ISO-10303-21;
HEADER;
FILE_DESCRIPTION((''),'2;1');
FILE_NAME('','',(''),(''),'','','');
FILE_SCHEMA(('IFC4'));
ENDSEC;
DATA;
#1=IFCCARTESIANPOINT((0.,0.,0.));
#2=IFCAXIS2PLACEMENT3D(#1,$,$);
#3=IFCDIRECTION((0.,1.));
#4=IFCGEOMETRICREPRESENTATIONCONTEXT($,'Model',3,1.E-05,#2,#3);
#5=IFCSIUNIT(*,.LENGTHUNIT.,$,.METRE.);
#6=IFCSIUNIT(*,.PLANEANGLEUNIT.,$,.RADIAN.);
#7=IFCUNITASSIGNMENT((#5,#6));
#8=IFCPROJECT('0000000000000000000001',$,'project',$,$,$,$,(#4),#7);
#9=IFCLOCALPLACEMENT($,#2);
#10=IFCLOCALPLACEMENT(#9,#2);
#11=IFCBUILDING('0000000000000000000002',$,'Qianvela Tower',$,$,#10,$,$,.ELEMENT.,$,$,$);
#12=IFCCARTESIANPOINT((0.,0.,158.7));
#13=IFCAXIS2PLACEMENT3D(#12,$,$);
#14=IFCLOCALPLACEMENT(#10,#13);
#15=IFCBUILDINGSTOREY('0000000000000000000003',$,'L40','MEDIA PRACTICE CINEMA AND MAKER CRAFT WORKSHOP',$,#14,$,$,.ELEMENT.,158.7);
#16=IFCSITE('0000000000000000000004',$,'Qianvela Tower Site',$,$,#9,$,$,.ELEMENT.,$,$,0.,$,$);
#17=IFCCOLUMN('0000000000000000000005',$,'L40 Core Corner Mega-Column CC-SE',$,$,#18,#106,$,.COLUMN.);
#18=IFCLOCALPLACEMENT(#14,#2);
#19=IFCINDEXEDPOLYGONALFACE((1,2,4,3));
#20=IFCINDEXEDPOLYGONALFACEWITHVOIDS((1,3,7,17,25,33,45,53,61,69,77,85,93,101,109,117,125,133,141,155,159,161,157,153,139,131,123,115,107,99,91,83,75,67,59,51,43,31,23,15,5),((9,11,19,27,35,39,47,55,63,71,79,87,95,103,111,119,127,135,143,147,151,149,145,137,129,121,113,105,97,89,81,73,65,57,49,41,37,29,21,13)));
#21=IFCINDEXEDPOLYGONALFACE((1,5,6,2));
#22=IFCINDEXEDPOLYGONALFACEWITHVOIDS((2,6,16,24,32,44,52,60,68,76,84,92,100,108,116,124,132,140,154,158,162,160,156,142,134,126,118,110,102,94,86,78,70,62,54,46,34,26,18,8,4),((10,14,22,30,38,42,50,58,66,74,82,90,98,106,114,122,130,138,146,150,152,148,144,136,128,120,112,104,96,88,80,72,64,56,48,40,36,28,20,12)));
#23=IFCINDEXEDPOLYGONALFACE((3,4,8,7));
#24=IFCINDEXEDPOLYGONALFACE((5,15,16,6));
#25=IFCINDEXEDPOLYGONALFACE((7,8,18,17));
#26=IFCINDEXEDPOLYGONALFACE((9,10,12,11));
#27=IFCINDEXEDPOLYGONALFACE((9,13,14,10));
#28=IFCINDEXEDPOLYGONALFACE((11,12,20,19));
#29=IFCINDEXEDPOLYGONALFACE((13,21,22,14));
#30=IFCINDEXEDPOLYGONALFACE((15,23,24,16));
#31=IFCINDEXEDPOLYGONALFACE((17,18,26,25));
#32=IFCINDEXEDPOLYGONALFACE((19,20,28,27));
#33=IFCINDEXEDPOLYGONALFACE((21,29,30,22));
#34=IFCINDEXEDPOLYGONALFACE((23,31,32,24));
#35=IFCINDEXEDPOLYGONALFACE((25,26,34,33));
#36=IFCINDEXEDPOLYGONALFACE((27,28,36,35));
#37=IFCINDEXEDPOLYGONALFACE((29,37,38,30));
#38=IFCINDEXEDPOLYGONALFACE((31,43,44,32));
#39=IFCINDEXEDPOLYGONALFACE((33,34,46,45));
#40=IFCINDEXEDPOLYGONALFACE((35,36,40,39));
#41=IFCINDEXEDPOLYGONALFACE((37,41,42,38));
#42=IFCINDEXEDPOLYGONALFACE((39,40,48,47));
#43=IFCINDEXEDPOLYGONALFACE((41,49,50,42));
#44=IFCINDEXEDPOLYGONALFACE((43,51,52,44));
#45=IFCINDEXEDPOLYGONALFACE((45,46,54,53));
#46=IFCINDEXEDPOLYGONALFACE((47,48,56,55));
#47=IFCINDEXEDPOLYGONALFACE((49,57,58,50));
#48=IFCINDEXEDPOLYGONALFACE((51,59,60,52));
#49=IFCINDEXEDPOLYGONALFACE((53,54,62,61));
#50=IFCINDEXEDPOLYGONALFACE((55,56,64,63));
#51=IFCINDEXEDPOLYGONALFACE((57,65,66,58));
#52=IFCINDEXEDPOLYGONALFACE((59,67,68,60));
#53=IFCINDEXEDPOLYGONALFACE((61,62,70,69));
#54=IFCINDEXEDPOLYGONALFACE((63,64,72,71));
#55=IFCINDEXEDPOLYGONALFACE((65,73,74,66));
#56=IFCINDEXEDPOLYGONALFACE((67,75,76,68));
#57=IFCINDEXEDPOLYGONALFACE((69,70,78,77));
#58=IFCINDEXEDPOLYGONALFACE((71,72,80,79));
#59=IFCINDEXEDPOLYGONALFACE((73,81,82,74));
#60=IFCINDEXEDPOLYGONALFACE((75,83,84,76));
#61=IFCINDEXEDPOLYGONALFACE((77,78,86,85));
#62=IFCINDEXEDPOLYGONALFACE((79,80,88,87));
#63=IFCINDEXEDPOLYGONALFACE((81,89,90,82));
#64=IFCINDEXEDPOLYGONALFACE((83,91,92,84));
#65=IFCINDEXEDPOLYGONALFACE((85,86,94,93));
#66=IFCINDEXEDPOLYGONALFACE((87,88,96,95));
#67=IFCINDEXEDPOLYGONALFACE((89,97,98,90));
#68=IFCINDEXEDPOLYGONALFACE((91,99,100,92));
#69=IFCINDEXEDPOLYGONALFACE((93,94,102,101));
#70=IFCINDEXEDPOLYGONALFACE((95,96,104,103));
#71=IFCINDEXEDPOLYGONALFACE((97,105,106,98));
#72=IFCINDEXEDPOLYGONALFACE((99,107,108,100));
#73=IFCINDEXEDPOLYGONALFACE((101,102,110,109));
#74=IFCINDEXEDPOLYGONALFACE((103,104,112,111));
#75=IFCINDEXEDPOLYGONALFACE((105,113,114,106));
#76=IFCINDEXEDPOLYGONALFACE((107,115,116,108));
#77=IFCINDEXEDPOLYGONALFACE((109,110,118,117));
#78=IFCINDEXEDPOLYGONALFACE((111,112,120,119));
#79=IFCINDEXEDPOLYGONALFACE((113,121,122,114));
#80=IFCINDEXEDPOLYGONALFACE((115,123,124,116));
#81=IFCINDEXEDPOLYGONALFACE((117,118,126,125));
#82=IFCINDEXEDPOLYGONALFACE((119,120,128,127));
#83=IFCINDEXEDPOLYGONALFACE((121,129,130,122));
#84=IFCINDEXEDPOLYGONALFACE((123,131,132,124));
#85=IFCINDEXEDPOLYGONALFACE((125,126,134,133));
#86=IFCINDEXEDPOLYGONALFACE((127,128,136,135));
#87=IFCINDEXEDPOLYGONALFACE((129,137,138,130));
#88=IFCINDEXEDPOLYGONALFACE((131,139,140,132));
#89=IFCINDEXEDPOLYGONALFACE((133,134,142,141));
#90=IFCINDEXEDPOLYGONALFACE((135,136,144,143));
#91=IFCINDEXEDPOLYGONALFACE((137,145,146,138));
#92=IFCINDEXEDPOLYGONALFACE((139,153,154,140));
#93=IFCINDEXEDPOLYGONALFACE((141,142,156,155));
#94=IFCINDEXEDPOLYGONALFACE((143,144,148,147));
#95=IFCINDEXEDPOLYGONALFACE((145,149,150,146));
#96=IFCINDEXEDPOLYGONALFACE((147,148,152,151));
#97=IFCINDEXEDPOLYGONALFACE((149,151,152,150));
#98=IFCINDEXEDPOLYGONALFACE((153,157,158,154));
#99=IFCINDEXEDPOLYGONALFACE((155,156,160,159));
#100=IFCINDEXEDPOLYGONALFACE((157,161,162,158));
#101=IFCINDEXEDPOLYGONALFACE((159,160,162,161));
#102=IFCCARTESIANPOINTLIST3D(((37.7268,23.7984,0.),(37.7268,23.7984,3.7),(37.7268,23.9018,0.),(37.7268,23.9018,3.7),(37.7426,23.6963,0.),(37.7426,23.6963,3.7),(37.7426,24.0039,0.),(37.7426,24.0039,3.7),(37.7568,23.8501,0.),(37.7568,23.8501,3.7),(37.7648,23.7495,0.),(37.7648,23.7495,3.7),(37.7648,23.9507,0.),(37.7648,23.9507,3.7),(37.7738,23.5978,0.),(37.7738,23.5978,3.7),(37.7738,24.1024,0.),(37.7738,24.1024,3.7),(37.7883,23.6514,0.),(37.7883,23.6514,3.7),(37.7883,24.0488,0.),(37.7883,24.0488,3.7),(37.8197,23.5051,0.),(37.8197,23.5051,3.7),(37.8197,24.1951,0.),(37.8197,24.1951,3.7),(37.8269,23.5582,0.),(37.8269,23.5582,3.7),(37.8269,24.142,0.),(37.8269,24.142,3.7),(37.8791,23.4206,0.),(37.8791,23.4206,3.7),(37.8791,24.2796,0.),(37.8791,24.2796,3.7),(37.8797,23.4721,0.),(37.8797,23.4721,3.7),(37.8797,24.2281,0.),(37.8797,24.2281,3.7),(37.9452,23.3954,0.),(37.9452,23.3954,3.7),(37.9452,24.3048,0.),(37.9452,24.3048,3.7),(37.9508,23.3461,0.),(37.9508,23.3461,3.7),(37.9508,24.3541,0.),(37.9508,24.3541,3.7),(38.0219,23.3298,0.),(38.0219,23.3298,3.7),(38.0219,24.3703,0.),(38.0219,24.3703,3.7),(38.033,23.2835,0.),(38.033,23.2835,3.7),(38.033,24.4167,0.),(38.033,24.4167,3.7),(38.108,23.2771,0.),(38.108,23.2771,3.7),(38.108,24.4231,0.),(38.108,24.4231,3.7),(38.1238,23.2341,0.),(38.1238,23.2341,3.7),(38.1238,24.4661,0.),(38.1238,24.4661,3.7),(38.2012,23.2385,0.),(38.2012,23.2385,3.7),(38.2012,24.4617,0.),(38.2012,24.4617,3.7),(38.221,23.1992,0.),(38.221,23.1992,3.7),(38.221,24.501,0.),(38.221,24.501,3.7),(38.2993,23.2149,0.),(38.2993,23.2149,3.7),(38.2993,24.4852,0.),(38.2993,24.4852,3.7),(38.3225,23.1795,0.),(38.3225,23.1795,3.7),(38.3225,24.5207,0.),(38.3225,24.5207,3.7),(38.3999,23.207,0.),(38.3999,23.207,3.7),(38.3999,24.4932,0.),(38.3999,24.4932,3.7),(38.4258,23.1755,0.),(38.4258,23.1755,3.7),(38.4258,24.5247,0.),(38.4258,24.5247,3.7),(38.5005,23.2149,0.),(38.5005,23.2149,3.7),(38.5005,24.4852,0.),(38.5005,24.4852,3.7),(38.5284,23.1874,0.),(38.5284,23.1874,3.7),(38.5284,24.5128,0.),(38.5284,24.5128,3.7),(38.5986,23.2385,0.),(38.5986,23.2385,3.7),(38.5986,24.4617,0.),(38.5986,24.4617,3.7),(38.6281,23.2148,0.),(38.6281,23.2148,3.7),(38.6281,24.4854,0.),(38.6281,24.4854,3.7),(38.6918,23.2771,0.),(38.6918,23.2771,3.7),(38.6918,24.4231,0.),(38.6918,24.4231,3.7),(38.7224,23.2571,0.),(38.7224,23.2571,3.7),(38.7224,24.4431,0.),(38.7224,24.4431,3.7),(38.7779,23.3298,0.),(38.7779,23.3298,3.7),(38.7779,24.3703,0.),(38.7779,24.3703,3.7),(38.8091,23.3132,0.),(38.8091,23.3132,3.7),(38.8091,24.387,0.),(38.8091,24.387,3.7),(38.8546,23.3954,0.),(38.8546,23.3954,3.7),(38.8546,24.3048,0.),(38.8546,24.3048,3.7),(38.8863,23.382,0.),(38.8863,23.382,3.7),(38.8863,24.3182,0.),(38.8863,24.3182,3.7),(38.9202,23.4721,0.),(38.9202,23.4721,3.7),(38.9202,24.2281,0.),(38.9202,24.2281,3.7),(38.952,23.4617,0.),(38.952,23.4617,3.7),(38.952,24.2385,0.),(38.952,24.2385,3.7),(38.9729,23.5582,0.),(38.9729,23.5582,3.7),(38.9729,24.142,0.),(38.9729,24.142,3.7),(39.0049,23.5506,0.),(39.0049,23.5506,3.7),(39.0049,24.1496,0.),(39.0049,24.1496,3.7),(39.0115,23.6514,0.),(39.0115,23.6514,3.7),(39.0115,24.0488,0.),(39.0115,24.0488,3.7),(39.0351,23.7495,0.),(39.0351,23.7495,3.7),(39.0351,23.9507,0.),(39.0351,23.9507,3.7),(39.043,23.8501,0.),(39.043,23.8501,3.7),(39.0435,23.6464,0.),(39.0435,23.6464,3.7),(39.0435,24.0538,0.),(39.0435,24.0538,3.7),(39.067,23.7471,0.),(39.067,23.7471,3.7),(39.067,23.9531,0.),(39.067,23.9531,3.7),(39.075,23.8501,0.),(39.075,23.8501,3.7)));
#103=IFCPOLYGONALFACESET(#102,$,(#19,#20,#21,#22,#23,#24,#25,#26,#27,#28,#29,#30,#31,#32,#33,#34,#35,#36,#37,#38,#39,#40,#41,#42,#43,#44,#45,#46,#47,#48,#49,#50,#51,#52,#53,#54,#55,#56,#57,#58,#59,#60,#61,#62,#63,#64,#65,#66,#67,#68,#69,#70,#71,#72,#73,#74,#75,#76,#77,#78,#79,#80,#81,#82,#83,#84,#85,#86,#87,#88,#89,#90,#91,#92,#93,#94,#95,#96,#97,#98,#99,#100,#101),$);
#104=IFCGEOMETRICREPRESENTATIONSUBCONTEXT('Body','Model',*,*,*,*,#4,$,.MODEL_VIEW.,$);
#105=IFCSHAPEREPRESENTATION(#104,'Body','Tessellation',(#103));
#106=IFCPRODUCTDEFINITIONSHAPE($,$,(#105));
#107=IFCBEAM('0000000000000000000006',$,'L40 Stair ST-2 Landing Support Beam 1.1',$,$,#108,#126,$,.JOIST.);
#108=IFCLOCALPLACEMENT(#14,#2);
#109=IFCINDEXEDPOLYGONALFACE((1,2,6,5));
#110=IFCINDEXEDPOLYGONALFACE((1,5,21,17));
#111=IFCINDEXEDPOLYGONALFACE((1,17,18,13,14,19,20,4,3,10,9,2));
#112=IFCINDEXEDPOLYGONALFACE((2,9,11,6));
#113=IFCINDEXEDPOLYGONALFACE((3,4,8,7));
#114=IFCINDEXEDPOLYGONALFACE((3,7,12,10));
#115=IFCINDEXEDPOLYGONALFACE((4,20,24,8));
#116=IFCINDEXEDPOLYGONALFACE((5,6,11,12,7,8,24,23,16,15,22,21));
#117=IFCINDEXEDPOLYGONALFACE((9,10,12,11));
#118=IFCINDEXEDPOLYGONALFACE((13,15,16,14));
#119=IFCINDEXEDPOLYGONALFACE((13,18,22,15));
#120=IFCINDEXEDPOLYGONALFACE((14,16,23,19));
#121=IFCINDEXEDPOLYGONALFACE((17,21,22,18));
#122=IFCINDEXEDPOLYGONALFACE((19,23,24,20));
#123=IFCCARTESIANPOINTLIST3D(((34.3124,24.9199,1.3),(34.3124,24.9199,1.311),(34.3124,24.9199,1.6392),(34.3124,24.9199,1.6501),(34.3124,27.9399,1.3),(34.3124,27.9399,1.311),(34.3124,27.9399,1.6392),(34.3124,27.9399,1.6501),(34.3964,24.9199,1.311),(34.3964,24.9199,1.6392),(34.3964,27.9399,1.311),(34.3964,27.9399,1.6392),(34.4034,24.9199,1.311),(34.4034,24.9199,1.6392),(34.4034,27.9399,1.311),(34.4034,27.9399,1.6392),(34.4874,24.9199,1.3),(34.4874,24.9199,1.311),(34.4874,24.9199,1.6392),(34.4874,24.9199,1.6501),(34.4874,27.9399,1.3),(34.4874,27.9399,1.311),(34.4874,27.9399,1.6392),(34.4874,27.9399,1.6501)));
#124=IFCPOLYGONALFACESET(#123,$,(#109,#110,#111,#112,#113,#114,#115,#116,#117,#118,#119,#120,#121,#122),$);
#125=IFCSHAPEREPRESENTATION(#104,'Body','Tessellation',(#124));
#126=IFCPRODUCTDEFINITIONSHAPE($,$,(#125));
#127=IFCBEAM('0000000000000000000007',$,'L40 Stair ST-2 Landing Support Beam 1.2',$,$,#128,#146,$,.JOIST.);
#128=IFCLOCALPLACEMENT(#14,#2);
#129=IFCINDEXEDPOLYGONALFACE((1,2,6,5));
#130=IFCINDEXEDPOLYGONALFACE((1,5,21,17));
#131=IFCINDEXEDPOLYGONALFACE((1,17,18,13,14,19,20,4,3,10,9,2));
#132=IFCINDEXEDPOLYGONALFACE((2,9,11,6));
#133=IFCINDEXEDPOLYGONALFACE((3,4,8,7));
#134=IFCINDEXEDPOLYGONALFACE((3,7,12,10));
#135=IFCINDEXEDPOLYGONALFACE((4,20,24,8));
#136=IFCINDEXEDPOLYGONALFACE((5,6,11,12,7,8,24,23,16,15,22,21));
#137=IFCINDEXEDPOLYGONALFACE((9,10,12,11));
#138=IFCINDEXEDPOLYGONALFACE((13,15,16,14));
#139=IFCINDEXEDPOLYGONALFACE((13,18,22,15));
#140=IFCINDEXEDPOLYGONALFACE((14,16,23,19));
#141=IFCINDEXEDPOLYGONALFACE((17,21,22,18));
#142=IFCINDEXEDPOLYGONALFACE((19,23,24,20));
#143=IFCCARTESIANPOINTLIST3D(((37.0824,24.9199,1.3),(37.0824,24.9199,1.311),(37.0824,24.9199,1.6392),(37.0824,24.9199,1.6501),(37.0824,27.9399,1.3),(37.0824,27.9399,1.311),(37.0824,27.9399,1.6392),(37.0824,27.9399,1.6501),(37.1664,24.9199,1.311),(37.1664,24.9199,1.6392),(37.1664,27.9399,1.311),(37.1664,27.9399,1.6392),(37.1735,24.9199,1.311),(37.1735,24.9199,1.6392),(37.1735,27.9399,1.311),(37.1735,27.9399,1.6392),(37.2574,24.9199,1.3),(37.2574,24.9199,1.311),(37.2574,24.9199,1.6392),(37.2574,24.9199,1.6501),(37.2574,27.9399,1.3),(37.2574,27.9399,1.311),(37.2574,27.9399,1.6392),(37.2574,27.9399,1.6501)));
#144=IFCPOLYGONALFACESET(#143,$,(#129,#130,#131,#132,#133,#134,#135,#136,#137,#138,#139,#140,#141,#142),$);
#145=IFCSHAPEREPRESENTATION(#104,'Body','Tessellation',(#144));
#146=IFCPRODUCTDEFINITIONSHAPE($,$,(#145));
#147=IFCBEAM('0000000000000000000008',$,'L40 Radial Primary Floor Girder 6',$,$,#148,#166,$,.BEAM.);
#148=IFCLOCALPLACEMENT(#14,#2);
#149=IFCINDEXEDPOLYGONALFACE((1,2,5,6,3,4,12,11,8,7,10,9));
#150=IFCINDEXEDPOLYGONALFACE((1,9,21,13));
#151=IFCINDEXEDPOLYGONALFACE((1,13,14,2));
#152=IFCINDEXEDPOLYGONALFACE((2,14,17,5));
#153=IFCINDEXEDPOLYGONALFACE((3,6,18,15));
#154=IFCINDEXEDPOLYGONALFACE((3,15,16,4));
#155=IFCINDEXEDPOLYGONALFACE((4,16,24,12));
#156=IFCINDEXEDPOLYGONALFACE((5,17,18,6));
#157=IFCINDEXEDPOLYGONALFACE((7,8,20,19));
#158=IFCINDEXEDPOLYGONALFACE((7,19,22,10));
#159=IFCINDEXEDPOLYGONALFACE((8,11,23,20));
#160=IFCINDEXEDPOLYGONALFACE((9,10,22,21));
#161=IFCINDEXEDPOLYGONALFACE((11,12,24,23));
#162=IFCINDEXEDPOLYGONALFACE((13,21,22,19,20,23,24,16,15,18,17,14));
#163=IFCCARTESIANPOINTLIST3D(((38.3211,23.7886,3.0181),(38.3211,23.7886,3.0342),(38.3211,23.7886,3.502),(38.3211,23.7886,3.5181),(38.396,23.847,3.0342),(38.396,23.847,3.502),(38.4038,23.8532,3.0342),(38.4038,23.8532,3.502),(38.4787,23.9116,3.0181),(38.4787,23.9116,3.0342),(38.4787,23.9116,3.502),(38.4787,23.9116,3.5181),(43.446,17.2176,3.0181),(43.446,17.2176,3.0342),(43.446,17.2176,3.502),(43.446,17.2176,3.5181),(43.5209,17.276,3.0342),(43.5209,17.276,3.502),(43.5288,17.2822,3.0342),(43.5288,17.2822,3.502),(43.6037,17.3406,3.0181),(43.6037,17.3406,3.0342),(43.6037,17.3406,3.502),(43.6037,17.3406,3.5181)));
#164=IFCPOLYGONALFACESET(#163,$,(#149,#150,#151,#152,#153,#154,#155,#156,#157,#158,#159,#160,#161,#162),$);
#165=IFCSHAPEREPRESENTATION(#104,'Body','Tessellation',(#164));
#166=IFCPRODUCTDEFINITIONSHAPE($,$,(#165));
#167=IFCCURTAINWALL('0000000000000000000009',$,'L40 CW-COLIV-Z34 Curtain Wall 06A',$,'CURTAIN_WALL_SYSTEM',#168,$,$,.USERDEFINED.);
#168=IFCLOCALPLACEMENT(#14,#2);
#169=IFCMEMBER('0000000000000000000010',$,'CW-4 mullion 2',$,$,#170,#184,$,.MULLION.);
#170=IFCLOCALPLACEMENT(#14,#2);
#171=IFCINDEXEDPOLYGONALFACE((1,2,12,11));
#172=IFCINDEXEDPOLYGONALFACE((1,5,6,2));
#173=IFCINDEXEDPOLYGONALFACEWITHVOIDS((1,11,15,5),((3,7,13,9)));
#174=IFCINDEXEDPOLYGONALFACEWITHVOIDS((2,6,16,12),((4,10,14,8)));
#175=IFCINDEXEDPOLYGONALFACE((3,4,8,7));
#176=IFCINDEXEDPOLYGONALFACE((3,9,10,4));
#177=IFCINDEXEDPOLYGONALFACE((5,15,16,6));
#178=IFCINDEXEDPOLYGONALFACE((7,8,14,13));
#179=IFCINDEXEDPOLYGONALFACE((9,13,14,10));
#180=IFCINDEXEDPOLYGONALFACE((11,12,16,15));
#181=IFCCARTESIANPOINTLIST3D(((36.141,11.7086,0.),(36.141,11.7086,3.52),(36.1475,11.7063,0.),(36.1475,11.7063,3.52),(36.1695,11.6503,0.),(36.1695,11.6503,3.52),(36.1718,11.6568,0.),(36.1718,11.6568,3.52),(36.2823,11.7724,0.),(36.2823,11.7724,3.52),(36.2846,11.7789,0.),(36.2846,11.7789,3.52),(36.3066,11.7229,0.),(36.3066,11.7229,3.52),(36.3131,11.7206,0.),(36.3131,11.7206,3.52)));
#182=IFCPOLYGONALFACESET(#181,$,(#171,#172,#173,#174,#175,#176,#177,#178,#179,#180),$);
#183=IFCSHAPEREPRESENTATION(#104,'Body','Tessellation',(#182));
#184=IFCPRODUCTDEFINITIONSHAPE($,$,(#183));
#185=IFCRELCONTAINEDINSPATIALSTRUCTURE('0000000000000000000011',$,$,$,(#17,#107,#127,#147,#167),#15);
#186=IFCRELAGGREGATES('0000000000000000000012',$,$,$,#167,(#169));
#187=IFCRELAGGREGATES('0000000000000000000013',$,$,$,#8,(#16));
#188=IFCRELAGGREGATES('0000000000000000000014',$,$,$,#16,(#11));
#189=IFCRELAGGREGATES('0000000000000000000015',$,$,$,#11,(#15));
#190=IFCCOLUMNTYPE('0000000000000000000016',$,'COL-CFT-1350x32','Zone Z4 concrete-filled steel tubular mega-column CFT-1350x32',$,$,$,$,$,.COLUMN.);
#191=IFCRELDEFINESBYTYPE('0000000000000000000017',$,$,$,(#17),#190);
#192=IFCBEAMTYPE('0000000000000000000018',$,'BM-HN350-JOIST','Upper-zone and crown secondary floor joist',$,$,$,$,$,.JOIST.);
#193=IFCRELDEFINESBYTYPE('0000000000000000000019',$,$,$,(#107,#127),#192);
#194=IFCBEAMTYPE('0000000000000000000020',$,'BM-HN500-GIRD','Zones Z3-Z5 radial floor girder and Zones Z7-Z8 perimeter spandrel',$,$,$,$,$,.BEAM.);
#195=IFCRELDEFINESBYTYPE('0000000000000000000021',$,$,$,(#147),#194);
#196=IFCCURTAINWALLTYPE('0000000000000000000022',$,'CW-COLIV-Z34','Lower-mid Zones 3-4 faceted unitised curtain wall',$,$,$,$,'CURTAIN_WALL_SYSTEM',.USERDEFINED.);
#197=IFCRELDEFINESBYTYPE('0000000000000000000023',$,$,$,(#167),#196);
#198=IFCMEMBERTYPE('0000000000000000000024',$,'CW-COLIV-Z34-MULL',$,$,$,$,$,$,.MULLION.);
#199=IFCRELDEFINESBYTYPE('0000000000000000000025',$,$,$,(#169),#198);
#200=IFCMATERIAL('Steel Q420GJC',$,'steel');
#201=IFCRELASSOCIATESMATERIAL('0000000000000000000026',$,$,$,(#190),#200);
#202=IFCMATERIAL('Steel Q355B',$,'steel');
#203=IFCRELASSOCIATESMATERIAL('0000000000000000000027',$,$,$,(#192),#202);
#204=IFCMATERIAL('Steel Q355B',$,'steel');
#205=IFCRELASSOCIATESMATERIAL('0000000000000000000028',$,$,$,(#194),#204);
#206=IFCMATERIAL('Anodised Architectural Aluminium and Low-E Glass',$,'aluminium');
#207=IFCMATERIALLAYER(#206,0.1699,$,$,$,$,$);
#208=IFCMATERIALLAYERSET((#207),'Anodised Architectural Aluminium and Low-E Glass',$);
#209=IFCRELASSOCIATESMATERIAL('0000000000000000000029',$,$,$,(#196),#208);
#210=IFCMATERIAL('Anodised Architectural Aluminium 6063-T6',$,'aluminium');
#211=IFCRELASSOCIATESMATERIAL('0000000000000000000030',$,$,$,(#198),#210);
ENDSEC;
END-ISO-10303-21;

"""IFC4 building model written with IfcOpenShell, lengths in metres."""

from ifc_helpers import new_model, si_unit, direction, frame, origin, origin_2d, place, context, subcontext, project, spatial, hollow_rectangle, hollow_circle, i_section, extrude, material, layer, layer_set, material_profile, profile_set, type_object, element, aggregate, save


model = new_model("IFC4")

# Units and contexts
model_context = context("Model", 3, precision=1e-05, world=origin(), true_north=direction((0.0, 1.0)))
body_context = subcontext(model_context, "Body", "Model", "MODEL_VIEW")
ifc_project = project(units=[si_unit("LENGTHUNIT", "METRE"), si_unit("PLANEANGLEUNIT", "RADIAN")], contexts=[model_context])

# Site, building, storey
site_placement = place(None, origin())
site = spatial("IfcSite", under=ifc_project, at=site_placement, Name="Qianvela Tower Site", CompositionType="ELEMENT", RefElevation=0.0)
building_placement = place(site_placement, origin())
building = spatial("IfcBuilding", under=site, at=building_placement, Name="Qianvela Tower", CompositionType="ELEMENT")
storey_placement = place(building_placement, frame((0.0, 0.0, 158.7)))
storey = spatial("IfcBuildingStorey", under=building, at=storey_placement, Name="L40", Description="MEDIA PRACTICE CINEMA AND MAKER CRAFT WORKSHOP", CompositionType="ELEMENT", Elevation=158.7)

# Column
ifc_material_1 = material(Name="Steel Q420GJC", Category="steel")
ifc_material_profile_1 = material_profile(ifc_material_1, hollow_circle(Radius=0.675, WallThickness=0.032, at=origin_2d()), Name="CFT-1350x32")
ifc_profile_set_1 = profile_set([ifc_material_profile_1], Name="Steel Q420GJC")
column_type = type_object("IfcColumnType", Name="COL-CFT-1350x32", Description="Zone Z4 concrete-filled steel tubular mega-column CFT-1350x32", PredefinedType="COLUMN", material=ifc_profile_set_1)
column_placement = place(storey_placement, frame((38.3999, 23.8501, 0.0), z_axis=(0.0, 0.0, 1.0), x_axis=(1.0, 0.0, 0.0)))
element("IfcColumn", 1, at=column_placement, inside=storey, type_object=column_type, Name="L40 Core Corner Mega-Column CC-SE", PredefinedType="COLUMN", context=body_context, shape_type="SweptSolid", body=[
    extrude(hollow_circle(Radius=0.675, WallThickness=0.032, at=origin_2d()), origin(), (0.0, 0.0, 1.0), 3.7),
])

# Beams
ifc_material_2 = material(Name="Steel Q355B", Category="steel")
ifc_material_profile_2 = material_profile(ifc_material_2, i_section(OverallWidth=0.175, OverallDepth=0.3501, WebThickness=0.0071, FlangeThickness=0.011, at=origin_2d()), Name="HN350x175x7x11")
ifc_profile_set_2 = profile_set([ifc_material_profile_2], Name="Steel Q355B")
beam_type_1 = type_object("IfcBeamType", Name="BM-HN350-JOIST", Description="Upper-zone and crown secondary floor joist", PredefinedType="JOIST", material=ifc_profile_set_2)
for number, where, z_axis, x_axis, name in (
    (2, (34.3999, 24.9199, 1.4751), (0.0, 1.0, 0.0), (-1.0, 0.0, 0.0), "L40 Stair ST-2 Landing Support Beam 1.1"),
    (3, (37.1699, 24.9199, 1.4751), (0.0, 1.0, 0.0), (-1.0, 0.0, 0.0), "L40 Stair ST-2 Landing Support Beam 1.2"),
):
    element("IfcBeam", number, at=place(storey_placement, frame(where, z_axis=z_axis, x_axis=x_axis)), inside=storey, type_object=beam_type_1, Name=name, PredefinedType="JOIST", context=body_context, shape_type="SweptSolid", body=[
        extrude(i_section(OverallWidth=0.175, OverallDepth=0.3501, WebThickness=0.0071, FlangeThickness=0.011, at=origin_2d()), origin(), (0.0, 0.0, 1.0), 3.02),
    ])
ifc_material_3 = material(Name="Steel Q355B", Category="steel")
ifc_material_profile_3 = material_profile(ifc_material_3, i_section(OverallWidth=0.2, OverallDepth=0.5, WebThickness=0.01, FlangeThickness=0.0161, at=origin_2d()), Name="HN500x200x10x16")
ifc_profile_set_3 = profile_set([ifc_material_profile_3], Name="Steel Q355B")
beam_type_2 = type_object("IfcBeamType", Name="BM-HN500-GIRD", Description="Zones Z3-Z5 radial floor girder and Zones Z7-Z8 perimeter spandrel", PredefinedType="BEAM", material=ifc_profile_set_3)
beam_placement = place(storey_placement, frame((38.3999, 23.8501, 3.2681), z_axis=(0.615001, -0.788526, 0.0), x_axis=(0.788526, 0.615001, 0.0)))
element("IfcBeam", 4, at=beam_placement, inside=storey, type_object=beam_type_2, Name="L40 Radial Primary Floor Girder 6", PredefinedType="BEAM", context=body_context, shape_type="SweptSolid", body=[
    extrude(i_section(OverallWidth=0.2, OverallDepth=0.5, WebThickness=0.01, FlangeThickness=0.0161, at=origin_2d()), origin(), (0.0, 0.0, 1.0), 8.3333),
])

# Curtain wall, member
ifc_material_4 = material(Name="Anodised Architectural Aluminium and Low-E Glass", Category="aluminium")
ifc_layer_1 = layer(ifc_material_4, 0.1699)
ifc_layer_set_1 = layer_set([ifc_layer_1], Name="Anodised Architectural Aluminium and Low-E Glass")
curtain_wall_type = type_object("IfcCurtainWallType", Name="CW-COLIV-Z34", Description="Lower-mid Zones 3-4 faceted unitised curtain wall", ElementType="CURTAIN_WALL_SYSTEM", PredefinedType="USERDEFINED", material=ifc_layer_set_1)
curtain_wall_placement = place(storey_placement, origin())
curtain_wall = element("IfcCurtainWall", 5, at=curtain_wall_placement, inside=storey, type_object=curtain_wall_type, Name="L40 CW-COLIV-Z34 Curtain Wall 06A", ObjectType="CURTAIN_WALL_SYSTEM", PredefinedType="USERDEFINED")
ifc_material_5 = material(Name="Anodised Architectural Aluminium 6063-T6", Category="aluminium")
ifc_material_profile_4 = material_profile(ifc_material_5, hollow_rectangle(XDim=0.0649, YDim=0.1599, WallThickness=0.0049, at=origin_2d()), Name="ALU-MULL-65x160")
ifc_profile_set_4 = profile_set([ifc_material_profile_4], Name="Anodised Architectural Aluminium 6063-T6")
member_type_1 = type_object("IfcMemberType", Name="CW-COLIV-Z34-MULL", PredefinedType="MULLION", material=ifc_profile_set_4)
member_1_placement = place(storey_placement, frame((36.2271, 11.7146, 0.0), z_axis=(0.0, 0.0, 1.0), x_axis=(-0.440143, 0.897928, 0.0)))
member_1 = element("IfcMember", 6, at=member_1_placement, type_object=member_type_1, Name="CW-4 mullion 2", PredefinedType="MULLION", context=body_context, shape_type="SweptSolid", body=[
    extrude(hollow_rectangle(XDim=0.0649, YDim=0.1599, WallThickness=0.0049, at=origin_2d()), origin(), (0.0, 0.0, 1.0), 3.52),
])
aggregate(curtain_wall, [member_1])

save(model, "model.ifc")
